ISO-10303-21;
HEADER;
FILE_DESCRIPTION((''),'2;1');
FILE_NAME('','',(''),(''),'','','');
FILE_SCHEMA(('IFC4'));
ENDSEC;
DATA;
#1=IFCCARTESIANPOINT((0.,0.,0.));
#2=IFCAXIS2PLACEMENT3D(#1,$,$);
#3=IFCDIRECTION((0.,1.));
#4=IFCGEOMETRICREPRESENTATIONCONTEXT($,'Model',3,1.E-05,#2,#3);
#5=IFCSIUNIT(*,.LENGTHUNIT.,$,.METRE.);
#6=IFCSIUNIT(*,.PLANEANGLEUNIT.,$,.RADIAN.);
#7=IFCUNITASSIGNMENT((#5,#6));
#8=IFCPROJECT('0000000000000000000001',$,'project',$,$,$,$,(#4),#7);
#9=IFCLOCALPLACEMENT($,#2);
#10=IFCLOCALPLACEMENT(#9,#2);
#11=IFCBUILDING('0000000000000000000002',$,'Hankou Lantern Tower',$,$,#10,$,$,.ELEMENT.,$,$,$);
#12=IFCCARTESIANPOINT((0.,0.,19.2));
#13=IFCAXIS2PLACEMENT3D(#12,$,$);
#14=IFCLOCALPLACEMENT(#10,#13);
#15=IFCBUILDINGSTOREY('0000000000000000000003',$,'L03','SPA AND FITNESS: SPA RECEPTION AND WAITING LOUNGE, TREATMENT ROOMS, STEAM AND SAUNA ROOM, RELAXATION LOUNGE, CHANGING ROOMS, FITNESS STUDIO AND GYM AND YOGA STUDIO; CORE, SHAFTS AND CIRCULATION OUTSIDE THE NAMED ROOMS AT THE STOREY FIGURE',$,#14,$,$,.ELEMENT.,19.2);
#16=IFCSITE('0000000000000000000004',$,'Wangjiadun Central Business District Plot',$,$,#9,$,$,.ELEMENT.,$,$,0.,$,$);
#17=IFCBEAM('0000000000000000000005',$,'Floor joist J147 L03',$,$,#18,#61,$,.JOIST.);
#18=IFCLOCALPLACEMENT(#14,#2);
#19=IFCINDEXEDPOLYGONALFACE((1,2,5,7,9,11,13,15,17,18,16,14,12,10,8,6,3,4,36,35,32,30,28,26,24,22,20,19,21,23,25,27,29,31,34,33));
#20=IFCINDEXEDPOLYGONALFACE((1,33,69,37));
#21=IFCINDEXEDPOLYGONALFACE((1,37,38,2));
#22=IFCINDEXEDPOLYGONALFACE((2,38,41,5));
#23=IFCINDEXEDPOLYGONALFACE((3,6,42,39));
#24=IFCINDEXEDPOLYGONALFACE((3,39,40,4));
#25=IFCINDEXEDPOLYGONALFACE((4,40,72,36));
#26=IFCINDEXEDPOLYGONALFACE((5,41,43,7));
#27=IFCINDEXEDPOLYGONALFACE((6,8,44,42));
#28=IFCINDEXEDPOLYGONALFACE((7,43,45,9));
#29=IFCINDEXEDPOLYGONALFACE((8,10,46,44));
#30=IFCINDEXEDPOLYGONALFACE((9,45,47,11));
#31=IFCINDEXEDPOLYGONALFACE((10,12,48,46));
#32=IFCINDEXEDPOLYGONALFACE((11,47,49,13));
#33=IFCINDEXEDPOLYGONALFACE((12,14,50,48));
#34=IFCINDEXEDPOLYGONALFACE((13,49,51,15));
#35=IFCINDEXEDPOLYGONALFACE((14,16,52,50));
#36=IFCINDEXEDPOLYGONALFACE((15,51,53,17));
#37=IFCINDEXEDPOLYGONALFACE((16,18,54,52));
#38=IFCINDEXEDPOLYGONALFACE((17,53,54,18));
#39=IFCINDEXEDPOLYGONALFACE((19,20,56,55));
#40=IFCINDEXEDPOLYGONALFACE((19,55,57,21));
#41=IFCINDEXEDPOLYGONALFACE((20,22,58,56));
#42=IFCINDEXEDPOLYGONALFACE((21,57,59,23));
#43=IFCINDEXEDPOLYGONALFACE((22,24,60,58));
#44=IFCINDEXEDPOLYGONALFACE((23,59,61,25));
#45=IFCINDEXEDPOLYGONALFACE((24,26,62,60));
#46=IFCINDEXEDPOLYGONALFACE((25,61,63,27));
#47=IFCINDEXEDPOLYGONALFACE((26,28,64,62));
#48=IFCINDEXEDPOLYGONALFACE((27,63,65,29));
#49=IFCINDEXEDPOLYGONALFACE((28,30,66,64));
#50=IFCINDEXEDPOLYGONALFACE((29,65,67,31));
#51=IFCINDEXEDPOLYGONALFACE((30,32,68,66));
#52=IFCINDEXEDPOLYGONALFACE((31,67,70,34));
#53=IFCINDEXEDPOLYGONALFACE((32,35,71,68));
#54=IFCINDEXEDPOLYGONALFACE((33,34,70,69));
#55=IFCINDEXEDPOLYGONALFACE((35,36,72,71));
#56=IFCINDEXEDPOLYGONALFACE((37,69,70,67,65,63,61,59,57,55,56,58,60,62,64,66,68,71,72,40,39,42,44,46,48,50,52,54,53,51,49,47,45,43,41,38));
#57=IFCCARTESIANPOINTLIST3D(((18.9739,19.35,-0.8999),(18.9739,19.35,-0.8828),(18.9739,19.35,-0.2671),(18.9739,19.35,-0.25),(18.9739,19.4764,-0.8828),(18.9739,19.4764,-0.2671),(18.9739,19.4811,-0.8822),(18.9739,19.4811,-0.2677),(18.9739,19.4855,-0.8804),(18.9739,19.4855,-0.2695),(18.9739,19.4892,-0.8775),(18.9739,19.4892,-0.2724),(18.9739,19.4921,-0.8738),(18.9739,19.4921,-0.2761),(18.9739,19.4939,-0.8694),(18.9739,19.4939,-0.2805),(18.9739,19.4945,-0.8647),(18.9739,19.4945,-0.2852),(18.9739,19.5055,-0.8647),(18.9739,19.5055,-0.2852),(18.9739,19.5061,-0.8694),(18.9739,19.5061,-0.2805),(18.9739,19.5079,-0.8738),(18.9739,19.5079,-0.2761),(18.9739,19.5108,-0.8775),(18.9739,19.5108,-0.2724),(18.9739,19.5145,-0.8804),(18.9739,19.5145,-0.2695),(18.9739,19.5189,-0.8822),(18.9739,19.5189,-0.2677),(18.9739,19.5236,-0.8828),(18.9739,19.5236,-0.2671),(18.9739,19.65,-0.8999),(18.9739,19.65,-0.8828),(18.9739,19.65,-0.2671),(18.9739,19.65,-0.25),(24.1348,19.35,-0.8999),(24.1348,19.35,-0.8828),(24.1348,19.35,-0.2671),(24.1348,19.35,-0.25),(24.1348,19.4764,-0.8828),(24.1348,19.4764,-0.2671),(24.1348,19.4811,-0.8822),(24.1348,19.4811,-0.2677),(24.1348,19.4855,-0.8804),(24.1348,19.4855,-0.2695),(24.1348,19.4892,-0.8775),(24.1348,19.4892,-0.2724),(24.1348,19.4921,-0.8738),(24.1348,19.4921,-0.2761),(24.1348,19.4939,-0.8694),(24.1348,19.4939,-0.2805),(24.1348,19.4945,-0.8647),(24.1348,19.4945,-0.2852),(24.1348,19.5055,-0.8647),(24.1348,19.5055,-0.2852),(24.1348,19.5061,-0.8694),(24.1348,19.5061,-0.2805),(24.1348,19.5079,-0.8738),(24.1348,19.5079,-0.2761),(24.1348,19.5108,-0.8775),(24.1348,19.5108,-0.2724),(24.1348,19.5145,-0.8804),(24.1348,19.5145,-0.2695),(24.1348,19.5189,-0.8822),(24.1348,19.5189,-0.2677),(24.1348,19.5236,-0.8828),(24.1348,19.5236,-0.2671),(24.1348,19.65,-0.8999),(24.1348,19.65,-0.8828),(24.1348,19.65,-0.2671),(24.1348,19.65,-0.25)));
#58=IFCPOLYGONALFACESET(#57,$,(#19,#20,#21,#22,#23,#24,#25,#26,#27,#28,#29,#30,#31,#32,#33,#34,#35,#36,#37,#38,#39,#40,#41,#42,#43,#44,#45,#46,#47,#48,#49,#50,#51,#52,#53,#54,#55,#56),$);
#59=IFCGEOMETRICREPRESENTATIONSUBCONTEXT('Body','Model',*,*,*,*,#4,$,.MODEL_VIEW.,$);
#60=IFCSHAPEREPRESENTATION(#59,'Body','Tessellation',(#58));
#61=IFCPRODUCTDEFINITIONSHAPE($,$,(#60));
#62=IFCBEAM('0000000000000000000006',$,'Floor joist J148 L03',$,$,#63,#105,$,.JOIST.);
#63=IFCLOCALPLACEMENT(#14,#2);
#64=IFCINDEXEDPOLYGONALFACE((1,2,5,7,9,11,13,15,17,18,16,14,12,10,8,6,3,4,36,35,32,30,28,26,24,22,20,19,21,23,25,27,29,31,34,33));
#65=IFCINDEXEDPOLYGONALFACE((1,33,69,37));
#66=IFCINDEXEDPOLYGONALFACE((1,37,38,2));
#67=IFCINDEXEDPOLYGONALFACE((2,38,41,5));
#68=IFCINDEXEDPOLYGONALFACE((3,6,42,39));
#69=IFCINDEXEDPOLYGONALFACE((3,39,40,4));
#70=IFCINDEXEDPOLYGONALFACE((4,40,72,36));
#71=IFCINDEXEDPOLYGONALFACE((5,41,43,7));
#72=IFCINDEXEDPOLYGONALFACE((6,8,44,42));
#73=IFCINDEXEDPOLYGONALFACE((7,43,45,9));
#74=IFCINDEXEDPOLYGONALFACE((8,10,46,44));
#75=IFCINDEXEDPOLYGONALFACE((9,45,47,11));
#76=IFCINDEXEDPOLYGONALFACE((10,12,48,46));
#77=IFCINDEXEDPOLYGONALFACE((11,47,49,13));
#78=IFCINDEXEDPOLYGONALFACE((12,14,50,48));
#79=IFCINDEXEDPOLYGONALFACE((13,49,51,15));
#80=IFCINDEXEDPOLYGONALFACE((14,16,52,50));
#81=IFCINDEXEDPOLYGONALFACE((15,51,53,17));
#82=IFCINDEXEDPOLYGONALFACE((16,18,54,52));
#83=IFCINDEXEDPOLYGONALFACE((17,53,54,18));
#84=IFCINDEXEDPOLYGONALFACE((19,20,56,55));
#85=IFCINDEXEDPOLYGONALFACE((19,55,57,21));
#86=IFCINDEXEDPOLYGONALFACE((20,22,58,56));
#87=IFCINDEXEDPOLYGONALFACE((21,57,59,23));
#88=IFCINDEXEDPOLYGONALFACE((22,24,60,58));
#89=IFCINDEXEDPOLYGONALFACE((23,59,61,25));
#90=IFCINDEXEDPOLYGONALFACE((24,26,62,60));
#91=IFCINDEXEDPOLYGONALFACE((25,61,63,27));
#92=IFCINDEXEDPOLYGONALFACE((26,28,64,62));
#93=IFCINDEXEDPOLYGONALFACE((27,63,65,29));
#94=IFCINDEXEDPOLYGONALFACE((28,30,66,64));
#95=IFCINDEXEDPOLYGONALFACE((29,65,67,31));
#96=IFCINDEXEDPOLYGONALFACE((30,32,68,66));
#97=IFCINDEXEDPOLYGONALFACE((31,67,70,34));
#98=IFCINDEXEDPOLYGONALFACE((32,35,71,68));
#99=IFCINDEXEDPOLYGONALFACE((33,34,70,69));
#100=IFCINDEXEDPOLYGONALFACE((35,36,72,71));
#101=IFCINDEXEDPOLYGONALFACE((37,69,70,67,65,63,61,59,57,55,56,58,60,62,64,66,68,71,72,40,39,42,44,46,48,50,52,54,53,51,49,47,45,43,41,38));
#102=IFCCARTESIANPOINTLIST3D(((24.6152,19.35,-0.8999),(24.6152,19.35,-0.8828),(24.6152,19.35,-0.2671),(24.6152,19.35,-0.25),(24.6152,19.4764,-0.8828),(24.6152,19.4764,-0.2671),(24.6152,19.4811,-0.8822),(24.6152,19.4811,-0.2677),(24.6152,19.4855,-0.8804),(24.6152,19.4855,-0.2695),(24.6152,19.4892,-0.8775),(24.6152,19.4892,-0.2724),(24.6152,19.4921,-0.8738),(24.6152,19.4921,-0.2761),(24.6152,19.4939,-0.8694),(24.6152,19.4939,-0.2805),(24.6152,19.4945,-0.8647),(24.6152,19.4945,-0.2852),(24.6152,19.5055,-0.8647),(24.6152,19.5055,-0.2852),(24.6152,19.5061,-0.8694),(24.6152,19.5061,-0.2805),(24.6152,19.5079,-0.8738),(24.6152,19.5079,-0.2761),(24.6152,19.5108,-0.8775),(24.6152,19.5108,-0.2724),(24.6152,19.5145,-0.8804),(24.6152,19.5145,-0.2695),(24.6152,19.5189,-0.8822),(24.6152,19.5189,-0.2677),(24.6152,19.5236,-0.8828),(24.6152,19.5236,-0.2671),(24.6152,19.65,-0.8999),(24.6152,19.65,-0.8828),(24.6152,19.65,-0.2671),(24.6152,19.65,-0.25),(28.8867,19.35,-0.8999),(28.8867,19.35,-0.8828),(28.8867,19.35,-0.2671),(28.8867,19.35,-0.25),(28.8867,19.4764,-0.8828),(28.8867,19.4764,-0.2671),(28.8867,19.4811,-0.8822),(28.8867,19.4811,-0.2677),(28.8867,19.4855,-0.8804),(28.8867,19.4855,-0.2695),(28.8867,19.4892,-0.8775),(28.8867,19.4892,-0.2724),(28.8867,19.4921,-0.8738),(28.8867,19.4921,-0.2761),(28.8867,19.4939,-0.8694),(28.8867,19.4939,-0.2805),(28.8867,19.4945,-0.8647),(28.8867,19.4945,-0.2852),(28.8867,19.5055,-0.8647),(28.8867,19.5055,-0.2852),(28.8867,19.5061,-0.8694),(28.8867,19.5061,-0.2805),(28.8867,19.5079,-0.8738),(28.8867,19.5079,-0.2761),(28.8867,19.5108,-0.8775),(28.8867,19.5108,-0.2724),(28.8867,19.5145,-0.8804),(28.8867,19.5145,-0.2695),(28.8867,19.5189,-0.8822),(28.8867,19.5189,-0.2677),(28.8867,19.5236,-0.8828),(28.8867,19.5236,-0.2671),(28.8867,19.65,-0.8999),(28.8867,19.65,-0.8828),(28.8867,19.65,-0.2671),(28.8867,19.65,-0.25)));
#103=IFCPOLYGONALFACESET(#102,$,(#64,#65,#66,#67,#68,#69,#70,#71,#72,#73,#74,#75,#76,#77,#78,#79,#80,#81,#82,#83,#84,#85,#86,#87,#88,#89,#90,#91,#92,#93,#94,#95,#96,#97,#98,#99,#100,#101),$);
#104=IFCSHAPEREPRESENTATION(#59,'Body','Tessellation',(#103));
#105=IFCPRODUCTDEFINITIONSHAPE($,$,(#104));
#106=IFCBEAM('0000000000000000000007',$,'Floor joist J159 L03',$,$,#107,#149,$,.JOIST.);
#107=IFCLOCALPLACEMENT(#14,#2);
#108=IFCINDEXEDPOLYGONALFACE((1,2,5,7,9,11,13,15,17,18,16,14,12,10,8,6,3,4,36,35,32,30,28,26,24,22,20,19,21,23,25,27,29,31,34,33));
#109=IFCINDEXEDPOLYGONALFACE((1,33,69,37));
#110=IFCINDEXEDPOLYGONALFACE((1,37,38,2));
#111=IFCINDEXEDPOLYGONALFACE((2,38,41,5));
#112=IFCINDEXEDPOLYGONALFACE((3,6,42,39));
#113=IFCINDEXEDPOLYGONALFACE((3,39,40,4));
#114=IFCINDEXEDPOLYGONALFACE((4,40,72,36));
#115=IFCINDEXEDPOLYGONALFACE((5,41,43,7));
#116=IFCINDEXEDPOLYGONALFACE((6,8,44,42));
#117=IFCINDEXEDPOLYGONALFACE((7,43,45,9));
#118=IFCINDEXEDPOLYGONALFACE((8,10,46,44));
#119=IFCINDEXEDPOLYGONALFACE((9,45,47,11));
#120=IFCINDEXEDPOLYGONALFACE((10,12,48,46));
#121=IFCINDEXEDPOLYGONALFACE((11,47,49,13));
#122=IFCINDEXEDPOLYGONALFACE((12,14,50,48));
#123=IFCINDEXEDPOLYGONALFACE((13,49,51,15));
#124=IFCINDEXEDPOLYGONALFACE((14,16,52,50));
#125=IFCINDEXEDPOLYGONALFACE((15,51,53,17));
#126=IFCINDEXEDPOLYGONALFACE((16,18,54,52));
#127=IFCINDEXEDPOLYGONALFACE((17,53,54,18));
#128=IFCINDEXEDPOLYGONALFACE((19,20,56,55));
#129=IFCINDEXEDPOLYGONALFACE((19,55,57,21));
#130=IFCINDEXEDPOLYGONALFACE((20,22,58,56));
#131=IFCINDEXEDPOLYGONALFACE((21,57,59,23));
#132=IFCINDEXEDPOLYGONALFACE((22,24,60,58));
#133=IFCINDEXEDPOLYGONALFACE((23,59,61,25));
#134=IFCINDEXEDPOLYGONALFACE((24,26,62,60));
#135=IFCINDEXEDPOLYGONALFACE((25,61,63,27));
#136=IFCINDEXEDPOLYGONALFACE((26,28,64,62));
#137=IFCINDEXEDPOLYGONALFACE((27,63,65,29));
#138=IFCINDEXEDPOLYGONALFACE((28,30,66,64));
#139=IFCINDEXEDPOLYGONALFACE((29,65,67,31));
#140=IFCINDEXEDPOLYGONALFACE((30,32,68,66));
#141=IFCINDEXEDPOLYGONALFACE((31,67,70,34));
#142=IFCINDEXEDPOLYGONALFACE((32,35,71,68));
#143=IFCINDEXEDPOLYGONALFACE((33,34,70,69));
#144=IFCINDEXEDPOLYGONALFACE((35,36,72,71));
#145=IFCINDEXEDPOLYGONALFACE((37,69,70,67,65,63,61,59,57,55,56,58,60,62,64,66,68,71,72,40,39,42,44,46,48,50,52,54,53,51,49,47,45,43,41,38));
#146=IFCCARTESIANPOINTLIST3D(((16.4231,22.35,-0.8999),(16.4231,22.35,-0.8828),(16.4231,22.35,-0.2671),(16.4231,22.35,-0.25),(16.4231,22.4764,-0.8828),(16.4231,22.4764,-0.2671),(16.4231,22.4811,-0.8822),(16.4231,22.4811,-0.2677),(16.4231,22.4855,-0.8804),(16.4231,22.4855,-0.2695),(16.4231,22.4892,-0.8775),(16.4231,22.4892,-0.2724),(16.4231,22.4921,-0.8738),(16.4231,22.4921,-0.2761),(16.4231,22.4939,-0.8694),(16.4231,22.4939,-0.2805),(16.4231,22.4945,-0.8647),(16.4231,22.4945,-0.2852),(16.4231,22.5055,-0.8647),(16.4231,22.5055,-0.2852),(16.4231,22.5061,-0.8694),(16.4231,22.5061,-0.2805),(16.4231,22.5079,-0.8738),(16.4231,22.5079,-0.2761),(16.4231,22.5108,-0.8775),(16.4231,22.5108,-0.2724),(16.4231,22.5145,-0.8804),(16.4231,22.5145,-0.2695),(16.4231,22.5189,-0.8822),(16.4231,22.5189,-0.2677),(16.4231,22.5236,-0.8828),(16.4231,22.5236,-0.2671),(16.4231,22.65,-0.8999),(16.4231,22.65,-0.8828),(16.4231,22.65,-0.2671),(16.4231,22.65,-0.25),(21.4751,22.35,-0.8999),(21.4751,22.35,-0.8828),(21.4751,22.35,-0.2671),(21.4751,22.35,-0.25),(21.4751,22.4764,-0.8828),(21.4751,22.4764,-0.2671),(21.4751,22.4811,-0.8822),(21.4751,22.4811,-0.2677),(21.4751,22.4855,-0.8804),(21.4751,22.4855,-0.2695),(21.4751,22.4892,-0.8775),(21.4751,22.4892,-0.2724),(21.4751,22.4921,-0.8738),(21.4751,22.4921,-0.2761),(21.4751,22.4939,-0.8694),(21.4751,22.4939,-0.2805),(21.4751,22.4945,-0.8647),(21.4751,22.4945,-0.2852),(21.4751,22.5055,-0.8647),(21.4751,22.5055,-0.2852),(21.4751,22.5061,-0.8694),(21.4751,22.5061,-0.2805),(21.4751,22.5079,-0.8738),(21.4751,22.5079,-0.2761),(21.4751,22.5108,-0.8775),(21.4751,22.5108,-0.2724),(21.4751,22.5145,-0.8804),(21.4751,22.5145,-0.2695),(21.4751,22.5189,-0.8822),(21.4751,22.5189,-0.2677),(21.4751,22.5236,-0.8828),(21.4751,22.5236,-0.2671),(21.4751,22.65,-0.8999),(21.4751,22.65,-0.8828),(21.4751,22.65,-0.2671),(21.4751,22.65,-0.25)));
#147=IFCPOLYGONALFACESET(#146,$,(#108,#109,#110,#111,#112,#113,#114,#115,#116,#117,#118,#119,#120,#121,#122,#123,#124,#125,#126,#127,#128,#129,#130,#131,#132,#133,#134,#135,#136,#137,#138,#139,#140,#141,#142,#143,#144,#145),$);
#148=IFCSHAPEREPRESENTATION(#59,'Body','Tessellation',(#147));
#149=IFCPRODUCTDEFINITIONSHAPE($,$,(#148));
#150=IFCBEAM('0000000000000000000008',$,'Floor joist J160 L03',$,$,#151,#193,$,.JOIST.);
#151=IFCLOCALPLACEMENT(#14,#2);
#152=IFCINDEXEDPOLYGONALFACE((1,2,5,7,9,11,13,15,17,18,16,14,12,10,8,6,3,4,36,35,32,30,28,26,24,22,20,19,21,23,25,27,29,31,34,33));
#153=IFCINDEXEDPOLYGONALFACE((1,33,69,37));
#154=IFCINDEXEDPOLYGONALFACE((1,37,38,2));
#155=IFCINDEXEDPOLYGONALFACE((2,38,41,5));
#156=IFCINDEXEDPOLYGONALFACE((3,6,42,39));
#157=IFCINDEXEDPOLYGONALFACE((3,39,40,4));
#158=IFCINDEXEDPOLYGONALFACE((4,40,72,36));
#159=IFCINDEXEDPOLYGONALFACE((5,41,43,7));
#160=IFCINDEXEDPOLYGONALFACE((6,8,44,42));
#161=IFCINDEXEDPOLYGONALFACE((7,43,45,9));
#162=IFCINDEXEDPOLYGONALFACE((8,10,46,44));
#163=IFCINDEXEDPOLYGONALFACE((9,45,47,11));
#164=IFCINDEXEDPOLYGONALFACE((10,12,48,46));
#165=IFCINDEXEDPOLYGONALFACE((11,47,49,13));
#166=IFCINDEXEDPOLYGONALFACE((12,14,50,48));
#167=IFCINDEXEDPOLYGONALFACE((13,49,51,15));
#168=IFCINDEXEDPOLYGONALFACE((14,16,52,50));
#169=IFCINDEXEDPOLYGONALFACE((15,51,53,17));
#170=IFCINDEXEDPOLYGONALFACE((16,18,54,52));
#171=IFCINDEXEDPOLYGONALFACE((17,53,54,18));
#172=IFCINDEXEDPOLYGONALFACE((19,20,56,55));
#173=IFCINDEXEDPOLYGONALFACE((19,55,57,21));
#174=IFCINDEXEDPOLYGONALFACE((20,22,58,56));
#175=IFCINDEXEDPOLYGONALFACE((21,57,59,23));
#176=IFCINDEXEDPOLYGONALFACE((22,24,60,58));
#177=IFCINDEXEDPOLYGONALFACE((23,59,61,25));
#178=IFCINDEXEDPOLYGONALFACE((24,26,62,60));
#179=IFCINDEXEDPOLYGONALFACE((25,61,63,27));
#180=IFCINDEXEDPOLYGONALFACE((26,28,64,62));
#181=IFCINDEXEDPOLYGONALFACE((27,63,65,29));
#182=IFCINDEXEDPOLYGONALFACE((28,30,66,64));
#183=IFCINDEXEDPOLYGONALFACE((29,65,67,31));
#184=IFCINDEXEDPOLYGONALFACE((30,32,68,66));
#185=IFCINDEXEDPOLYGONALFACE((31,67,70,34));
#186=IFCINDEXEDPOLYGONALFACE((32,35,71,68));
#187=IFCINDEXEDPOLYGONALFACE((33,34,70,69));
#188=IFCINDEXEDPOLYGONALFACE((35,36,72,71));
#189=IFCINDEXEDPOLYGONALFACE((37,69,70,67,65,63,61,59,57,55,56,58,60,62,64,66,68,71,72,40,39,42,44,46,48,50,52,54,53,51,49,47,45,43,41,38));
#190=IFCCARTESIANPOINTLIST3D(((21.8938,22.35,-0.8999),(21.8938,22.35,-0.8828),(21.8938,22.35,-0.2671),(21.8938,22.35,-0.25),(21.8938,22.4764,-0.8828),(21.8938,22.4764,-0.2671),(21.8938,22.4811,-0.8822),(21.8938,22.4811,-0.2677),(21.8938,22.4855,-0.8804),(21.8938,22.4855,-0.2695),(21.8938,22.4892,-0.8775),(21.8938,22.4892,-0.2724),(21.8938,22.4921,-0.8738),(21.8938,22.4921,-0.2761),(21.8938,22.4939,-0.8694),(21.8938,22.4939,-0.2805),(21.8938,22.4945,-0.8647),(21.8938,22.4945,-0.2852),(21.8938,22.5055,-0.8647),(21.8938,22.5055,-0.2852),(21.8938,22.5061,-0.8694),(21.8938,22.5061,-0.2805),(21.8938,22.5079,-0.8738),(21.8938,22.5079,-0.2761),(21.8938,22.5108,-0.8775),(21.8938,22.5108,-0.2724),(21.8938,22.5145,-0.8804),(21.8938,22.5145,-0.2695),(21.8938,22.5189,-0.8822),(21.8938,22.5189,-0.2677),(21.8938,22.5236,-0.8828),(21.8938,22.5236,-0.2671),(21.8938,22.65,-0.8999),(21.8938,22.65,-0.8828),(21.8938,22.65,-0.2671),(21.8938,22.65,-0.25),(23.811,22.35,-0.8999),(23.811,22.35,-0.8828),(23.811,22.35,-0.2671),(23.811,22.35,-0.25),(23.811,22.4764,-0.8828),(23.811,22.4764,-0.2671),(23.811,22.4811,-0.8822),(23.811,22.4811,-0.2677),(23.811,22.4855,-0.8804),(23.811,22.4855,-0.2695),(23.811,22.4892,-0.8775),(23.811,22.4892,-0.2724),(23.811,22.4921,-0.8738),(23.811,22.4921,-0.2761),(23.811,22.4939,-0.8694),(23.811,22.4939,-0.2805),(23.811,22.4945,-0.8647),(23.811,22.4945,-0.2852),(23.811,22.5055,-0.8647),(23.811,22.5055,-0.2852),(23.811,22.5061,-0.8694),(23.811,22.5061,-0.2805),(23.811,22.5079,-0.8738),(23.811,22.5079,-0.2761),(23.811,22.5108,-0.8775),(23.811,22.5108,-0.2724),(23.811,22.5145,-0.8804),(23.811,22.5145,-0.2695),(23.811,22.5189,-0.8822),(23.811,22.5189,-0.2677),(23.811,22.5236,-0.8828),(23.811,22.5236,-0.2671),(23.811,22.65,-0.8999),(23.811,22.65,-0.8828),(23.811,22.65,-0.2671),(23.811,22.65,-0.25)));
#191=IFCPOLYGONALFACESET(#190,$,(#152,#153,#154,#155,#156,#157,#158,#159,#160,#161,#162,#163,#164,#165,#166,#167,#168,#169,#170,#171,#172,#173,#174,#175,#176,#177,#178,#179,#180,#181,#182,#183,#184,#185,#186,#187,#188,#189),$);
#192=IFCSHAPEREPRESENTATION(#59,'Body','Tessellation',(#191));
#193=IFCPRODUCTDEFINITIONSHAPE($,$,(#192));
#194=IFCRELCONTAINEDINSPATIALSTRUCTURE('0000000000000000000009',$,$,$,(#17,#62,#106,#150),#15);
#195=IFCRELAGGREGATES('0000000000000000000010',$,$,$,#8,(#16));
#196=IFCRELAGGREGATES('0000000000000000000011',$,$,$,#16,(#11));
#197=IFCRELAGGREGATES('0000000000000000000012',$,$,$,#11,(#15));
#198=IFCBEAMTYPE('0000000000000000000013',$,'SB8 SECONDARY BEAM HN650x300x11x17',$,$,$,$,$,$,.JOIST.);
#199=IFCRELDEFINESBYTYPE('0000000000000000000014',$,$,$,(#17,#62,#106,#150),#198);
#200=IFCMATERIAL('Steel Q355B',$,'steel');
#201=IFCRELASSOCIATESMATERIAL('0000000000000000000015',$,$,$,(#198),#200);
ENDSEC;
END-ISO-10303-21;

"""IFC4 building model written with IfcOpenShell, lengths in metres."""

from ifc_helpers import new_model, si_unit, direction, frame, origin, origin_2d, place, context, subcontext, project, spatial, i_section, extrude, material, material_profile, profile_set, type_object, element, save


model = new_model("IFC4")

# Units and contexts
model_context = context("Model", 3, precision=1e-05, world=origin(), true_north=direction((0.0, 1.0)))
body_context = subcontext(model_context, "Body", "Model", "MODEL_VIEW")
ifc_project = project(units=[si_unit("LENGTHUNIT", "METRE"), si_unit("PLANEANGLEUNIT", "RADIAN")], contexts=[model_context])

# Site, building, storey
site_placement = place(None, origin())
site = spatial("IfcSite", under=ifc_project, at=site_placement, Name="Wangjiadun Central Business District Plot", CompositionType="ELEMENT", RefElevation=0.0)
building_placement = place(site_placement, origin())
building = spatial("IfcBuilding", under=site, at=building_placement, Name="Hankou Lantern Tower", CompositionType="ELEMENT")
storey_placement = place(building_placement, frame((0.0, 0.0, 19.2)))
storey = spatial("IfcBuildingStorey", under=building, at=storey_placement, Name="L03", Description="SPA AND FITNESS: SPA RECEPTION AND WAITING LOUNGE, TREATMENT ROOMS, STEAM AND SAUNA ROOM, RELAXATION LOUNGE, CHANGING ROOMS, FITNESS STUDIO AND GYM AND YOGA STUDIO; CORE, SHAFTS AND CIRCULATION OUTSIDE THE NAMED ROOMS AT THE STOREY FIGURE", CompositionType="ELEMENT", Elevation=19.2)

# Beams
ifc_material_1 = material(Name="Steel Q355B", Category="steel")
ifc_material_profile_1 = material_profile(ifc_material_1, i_section(OverallWidth=0.3, OverallDepth=0.6499, WebThickness=0.011, FlangeThickness=0.0171, FilletRadius=0.0181, at=origin_2d()), Name="HN650x300x11x17")
ifc_profile_set_1 = profile_set([ifc_material_profile_1], Name="Steel Q355B")
beam_type_1 = type_object("IfcBeamType", Name="SB8 SECONDARY BEAM HN650x300x11x17", PredefinedType="JOIST", material=ifc_profile_set_1)
beam_1_placement = place(storey_placement, frame((18.9739, 19.5, -0.575), z_axis=(1.0, 0.0, 0.0), x_axis=(0.0, 1.0, 0.0)))
element("IfcBeam", 1, at=beam_1_placement, inside=storey, type_object=beam_type_1, Name="Floor joist J147 L03", PredefinedType="JOIST", context=body_context, shape_type="SweptSolid", body=[
    extrude(i_section(OverallWidth=0.3, OverallDepth=0.6499, WebThickness=0.011, FlangeThickness=0.0171, FilletRadius=0.0181, at=origin_2d()), origin(), (0.0, 0.0, 1.0), 5.1609),
])
beam_2_placement = place(storey_placement, frame((24.6152, 19.5, -0.575), z_axis=(1.0, 0.0, 0.0), x_axis=(0.0, 1.0, 0.0)))
element("IfcBeam", 2, at=beam_2_placement, inside=storey, type_object=beam_type_1, Name="Floor joist J148 L03", PredefinedType="JOIST", context=body_context, shape_type="SweptSolid", body=[
    extrude(i_section(OverallWidth=0.3, OverallDepth=0.6499, WebThickness=0.011, FlangeThickness=0.0171, FilletRadius=0.0181, at=origin_2d()), origin(), (0.0, 0.0, 1.0), 4.2715),
])
beam_3_placement = place(storey_placement, frame((16.4231, 22.5, -0.575), z_axis=(1.0, 0.0, 0.0), x_axis=(0.0, 1.0, 0.0)))
element("IfcBeam", 3, at=beam_3_placement, inside=storey, type_object=beam_type_1, Name="Floor joist J159 L03", PredefinedType="JOIST", context=body_context, shape_type="SweptSolid", body=[
    extrude(i_section(OverallWidth=0.3, OverallDepth=0.6499, WebThickness=0.011, FlangeThickness=0.0171, FilletRadius=0.0181, at=origin_2d()), origin(), (0.0, 0.0, 1.0), 5.052),
])
beam_4_placement = place(storey_placement, frame((21.8938, 22.5, -0.575), z_axis=(1.0, 0.0, 0.0), x_axis=(0.0, 1.0, 0.0)))
element("IfcBeam", 4, at=beam_4_placement, inside=storey, type_object=beam_type_1, Name="Floor joist J160 L03", PredefinedType="JOIST", context=body_context, shape_type="SweptSolid", body=[
    extrude(i_section(OverallWidth=0.3, OverallDepth=0.6499, WebThickness=0.011, FlangeThickness=0.0171, FilletRadius=0.0181, at=origin_2d()), origin(), (0.0, 0.0, 1.0), 1.9172),
])

save(model, "model.ifc")
